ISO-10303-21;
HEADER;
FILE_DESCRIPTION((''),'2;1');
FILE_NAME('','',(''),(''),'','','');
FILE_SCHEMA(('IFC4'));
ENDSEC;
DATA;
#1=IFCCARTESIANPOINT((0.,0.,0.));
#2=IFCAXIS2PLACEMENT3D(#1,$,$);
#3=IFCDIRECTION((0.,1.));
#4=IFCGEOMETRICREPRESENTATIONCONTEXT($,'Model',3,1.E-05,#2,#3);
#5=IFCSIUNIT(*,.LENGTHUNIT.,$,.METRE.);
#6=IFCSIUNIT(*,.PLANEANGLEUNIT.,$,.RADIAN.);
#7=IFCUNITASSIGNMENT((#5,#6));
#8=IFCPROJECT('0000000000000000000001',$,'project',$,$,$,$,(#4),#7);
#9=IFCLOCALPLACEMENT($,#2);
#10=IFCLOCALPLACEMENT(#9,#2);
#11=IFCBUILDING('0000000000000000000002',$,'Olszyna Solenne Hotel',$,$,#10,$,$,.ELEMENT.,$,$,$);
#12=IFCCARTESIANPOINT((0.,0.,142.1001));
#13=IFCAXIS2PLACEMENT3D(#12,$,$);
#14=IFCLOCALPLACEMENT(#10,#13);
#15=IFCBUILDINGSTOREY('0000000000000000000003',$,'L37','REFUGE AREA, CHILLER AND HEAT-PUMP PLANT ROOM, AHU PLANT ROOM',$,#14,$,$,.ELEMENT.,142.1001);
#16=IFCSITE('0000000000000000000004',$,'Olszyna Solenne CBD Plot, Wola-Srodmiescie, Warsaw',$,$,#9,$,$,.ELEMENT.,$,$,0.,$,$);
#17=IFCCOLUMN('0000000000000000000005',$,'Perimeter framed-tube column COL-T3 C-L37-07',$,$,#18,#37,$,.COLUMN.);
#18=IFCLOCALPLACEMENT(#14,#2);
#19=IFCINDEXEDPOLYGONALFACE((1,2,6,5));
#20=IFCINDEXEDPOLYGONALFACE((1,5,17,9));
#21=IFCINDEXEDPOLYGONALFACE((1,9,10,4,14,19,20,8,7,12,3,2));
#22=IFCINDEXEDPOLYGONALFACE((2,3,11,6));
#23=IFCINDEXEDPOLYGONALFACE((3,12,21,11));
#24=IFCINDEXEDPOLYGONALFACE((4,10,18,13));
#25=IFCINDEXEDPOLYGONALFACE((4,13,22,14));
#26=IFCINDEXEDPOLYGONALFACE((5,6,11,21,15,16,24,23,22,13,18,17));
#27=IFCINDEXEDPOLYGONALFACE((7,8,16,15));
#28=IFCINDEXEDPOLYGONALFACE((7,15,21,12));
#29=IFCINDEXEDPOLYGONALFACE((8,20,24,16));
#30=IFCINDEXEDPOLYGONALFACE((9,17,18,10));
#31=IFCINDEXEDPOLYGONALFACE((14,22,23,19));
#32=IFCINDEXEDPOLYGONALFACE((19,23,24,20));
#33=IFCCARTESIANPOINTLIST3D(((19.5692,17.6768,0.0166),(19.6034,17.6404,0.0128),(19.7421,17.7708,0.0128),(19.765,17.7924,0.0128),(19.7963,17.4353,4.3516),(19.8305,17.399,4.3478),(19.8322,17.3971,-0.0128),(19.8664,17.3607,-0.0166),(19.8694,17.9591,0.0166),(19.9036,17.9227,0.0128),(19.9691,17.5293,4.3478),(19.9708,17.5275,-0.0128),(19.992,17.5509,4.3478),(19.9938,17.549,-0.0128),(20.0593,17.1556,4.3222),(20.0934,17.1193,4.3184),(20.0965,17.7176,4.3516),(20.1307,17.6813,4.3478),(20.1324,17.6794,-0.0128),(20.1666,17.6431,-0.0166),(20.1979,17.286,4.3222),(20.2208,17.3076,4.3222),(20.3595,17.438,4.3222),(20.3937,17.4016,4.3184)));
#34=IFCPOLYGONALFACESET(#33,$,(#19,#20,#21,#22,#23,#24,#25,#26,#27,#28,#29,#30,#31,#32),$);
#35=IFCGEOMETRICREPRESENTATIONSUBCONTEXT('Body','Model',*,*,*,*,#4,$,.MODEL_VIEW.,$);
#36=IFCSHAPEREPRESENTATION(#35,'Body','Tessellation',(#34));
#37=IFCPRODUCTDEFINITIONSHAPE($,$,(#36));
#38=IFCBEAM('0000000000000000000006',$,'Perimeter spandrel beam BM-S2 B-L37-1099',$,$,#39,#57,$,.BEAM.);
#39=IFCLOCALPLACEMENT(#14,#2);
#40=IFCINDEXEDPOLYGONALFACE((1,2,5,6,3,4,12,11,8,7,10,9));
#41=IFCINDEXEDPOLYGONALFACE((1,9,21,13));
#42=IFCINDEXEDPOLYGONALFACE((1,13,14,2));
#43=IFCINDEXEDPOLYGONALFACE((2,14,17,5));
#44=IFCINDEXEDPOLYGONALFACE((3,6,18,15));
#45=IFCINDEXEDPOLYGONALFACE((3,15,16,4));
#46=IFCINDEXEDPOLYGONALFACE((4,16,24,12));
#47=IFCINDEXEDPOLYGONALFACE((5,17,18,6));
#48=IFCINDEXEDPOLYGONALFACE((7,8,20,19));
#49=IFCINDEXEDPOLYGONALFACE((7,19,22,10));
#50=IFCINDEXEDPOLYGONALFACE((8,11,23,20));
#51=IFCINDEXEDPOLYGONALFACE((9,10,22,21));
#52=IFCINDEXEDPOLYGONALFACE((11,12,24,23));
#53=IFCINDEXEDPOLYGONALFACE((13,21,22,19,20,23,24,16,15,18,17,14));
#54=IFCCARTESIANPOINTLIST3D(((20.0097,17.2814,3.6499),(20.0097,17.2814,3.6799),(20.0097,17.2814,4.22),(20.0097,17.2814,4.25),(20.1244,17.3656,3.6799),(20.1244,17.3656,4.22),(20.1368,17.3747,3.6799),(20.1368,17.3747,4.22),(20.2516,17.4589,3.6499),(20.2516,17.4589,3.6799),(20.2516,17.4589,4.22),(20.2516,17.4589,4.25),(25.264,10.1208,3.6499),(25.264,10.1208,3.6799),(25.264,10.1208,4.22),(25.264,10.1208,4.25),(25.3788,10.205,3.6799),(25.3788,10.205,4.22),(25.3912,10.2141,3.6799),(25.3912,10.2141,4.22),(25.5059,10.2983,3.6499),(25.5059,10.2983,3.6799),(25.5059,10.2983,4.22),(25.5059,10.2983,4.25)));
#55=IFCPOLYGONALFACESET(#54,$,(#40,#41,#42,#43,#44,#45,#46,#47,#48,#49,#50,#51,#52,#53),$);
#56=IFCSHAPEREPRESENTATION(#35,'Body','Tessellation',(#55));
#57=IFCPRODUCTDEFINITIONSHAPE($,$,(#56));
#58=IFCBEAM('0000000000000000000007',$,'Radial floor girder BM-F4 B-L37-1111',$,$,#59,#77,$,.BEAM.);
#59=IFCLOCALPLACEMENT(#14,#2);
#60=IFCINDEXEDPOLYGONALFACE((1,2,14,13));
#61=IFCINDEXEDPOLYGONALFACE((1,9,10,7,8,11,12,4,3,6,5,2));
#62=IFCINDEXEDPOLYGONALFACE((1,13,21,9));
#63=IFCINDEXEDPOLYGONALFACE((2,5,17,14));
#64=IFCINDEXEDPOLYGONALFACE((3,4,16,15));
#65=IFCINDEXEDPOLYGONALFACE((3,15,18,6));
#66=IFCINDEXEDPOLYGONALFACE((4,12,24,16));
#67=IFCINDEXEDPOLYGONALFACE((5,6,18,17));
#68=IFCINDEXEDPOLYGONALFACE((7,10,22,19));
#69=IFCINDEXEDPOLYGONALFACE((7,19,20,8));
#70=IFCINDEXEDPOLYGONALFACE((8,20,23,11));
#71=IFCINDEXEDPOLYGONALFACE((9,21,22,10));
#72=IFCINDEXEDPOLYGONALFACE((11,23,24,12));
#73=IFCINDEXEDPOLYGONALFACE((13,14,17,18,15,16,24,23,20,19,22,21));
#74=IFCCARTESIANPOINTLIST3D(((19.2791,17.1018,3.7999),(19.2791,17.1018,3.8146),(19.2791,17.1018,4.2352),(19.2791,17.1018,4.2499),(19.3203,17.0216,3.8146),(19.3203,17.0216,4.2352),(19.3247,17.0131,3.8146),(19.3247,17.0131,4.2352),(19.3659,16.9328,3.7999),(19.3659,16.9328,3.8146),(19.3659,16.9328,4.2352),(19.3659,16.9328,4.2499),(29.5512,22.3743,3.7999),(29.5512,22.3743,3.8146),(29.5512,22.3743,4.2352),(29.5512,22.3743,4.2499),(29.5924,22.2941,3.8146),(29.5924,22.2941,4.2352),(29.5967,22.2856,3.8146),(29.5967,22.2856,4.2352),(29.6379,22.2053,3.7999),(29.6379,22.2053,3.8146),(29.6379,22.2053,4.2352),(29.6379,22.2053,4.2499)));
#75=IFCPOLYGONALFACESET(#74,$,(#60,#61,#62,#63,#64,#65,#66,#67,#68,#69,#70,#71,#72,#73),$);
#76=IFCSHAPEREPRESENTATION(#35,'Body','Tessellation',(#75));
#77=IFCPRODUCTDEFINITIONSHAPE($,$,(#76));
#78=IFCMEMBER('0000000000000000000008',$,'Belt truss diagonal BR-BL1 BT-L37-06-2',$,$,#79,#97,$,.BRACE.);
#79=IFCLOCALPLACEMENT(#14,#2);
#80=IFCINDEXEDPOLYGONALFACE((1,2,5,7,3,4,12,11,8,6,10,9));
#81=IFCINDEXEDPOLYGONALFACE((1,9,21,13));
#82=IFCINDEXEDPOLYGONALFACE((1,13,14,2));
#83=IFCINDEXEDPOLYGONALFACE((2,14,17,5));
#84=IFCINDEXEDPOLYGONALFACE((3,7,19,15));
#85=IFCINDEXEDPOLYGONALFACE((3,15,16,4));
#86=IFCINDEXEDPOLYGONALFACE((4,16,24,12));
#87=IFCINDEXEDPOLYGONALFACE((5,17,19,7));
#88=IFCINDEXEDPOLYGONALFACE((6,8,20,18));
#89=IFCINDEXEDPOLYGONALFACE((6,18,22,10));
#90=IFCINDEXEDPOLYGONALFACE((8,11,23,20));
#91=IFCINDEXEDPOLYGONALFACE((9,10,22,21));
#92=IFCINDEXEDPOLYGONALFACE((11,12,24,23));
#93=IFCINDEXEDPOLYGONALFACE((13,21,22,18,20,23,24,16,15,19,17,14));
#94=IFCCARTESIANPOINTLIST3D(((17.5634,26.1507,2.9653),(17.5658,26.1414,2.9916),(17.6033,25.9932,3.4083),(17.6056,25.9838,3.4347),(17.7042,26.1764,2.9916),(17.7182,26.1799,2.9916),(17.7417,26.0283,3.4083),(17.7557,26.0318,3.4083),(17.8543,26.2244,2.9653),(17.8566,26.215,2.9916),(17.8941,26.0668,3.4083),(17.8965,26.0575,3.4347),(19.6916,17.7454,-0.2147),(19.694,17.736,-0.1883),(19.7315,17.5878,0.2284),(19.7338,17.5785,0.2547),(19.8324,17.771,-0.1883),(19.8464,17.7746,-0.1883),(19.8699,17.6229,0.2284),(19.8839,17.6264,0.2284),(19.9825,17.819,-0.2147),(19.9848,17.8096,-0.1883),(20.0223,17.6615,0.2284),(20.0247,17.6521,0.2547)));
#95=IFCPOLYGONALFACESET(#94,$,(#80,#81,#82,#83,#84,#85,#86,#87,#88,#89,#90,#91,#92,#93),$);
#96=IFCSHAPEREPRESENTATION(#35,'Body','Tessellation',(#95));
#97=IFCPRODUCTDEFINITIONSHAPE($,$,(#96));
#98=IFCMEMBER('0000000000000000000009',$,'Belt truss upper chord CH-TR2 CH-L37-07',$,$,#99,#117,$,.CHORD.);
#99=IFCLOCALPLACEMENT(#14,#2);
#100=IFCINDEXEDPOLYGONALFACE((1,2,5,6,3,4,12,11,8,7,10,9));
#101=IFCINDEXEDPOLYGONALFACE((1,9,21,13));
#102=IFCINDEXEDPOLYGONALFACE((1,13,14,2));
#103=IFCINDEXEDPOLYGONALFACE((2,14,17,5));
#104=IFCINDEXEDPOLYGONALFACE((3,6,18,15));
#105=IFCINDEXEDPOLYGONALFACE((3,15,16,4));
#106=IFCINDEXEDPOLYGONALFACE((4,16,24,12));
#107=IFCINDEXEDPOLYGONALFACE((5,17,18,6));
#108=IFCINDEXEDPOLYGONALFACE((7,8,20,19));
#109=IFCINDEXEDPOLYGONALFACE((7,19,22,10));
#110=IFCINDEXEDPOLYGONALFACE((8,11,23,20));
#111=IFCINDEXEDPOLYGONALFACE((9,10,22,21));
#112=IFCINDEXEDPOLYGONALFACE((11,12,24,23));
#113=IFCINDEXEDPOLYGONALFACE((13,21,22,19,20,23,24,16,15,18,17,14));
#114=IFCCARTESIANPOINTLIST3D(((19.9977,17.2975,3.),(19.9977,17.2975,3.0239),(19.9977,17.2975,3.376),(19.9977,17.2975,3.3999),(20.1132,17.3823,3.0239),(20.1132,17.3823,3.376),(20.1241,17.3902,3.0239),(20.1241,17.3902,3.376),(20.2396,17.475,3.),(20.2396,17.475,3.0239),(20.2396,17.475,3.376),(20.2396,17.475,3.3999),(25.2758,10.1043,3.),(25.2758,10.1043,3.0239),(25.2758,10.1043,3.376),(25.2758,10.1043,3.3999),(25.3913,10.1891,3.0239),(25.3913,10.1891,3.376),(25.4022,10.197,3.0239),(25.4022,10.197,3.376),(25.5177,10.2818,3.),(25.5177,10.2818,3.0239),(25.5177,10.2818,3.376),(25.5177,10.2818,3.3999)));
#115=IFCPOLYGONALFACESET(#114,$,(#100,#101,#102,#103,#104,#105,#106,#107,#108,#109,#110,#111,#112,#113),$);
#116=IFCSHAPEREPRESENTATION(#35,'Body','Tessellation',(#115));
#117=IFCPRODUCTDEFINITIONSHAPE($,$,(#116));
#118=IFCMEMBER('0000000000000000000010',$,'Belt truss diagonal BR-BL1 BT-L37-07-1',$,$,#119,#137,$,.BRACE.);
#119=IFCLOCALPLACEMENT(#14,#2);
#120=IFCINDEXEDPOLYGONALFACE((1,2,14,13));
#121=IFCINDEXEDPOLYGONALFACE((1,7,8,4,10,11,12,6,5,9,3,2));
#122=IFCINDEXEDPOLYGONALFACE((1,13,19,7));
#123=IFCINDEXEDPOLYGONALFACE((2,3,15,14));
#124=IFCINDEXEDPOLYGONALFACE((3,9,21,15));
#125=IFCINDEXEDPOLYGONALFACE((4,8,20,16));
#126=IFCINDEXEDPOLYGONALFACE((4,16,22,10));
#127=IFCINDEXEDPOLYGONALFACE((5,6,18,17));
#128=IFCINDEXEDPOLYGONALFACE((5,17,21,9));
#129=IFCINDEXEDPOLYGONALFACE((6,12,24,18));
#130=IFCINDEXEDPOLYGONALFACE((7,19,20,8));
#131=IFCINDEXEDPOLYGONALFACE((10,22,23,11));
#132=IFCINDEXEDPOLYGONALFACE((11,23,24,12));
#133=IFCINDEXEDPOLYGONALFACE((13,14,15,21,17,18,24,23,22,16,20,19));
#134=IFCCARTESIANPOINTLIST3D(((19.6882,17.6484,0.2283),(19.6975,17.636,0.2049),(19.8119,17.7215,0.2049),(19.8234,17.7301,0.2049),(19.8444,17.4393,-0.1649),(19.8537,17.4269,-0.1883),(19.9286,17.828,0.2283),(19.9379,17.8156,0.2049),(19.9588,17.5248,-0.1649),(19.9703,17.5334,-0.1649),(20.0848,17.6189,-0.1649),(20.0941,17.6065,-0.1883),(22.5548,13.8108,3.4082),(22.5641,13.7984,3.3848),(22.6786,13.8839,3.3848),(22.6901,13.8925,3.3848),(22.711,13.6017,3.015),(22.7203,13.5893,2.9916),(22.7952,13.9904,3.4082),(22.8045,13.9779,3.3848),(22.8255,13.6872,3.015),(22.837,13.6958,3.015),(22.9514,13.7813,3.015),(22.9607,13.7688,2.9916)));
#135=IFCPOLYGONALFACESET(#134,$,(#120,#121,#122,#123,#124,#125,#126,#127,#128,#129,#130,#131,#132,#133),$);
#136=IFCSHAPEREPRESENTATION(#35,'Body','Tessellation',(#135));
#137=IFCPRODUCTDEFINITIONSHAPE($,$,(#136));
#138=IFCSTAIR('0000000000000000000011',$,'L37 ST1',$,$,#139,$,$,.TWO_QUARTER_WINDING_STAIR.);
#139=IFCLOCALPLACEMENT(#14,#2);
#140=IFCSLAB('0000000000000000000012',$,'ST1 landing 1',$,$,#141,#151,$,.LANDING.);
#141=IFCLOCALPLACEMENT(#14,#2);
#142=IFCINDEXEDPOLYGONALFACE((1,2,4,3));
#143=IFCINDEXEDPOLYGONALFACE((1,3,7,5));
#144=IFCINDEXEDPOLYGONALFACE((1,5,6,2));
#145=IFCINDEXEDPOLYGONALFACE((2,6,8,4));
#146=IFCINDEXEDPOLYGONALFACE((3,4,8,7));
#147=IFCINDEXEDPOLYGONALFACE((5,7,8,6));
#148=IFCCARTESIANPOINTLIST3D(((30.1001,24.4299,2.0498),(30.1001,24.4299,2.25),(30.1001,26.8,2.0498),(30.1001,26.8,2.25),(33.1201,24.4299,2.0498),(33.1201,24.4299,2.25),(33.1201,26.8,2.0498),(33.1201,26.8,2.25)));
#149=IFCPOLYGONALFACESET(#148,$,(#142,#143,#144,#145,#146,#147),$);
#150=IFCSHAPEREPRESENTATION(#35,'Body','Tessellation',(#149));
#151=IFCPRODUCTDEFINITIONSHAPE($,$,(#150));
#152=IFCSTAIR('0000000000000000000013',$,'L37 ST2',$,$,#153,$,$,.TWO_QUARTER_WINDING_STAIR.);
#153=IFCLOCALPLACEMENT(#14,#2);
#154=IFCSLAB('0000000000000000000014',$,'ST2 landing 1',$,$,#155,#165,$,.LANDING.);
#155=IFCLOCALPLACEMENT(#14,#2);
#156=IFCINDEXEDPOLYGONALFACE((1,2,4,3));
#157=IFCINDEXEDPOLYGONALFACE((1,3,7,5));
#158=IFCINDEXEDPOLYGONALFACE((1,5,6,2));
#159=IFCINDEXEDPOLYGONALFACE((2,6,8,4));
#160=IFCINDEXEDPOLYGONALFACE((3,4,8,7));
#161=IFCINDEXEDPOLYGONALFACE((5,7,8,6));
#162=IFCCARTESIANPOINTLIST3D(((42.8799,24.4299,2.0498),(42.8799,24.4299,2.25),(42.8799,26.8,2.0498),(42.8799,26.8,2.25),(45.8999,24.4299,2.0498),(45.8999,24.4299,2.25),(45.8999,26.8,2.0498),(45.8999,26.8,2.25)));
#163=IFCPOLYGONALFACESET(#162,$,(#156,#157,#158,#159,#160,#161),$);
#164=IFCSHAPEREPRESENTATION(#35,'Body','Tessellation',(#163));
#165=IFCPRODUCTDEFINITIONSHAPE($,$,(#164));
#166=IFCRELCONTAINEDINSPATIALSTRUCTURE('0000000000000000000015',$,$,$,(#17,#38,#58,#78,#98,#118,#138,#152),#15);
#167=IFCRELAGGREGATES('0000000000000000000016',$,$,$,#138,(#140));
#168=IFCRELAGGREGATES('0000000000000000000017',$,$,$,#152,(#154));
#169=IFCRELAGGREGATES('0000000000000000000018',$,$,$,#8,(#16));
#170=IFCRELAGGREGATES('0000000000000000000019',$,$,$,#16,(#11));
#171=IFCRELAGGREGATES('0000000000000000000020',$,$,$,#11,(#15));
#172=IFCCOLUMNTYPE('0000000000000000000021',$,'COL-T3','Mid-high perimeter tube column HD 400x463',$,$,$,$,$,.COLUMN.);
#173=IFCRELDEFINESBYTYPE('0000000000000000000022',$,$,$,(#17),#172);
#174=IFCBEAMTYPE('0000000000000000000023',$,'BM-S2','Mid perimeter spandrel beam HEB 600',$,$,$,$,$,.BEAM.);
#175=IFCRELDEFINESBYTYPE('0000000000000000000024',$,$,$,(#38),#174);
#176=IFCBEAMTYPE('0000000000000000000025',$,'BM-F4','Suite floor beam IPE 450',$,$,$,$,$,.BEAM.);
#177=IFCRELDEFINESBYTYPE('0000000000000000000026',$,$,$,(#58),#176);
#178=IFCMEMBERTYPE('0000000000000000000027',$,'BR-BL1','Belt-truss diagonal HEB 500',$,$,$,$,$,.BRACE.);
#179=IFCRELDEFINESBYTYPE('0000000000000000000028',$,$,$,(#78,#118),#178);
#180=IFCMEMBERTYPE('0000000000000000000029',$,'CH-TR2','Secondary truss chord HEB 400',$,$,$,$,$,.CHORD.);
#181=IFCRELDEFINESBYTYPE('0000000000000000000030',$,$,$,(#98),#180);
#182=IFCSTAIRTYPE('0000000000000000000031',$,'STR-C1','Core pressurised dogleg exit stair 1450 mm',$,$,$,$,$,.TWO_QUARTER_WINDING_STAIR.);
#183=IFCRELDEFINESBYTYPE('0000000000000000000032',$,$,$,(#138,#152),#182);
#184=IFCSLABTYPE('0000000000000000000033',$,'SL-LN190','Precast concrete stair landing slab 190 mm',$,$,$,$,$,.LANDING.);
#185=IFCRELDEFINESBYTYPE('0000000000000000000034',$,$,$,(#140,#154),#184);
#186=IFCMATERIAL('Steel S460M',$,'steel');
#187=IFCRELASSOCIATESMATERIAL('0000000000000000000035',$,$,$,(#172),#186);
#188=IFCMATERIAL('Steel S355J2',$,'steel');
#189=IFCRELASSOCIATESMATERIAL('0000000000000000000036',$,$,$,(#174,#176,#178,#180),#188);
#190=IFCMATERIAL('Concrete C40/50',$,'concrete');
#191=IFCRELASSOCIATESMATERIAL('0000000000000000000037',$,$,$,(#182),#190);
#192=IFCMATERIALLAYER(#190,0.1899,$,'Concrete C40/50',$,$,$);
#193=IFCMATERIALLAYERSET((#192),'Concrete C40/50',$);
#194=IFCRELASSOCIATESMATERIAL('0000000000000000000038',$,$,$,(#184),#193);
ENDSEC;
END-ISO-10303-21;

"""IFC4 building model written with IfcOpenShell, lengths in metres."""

from ifc_helpers import new_model, si_unit, direction, frame, origin, origin_2d, place, context, subcontext, project, spatial, polyline, i_section, outline, extrude, source, transform, mapped, material, layer, layer_set, material_profile, profile_set, type_object, element, aggregate, save


model = new_model("IFC4")

# Units and contexts
model_context = context("Model", 3, precision=1e-05, world=origin(), true_north=direction((0.0, 1.0)))
body_context = subcontext(model_context, "Body", "Model", "MODEL_VIEW")
ifc_project = project(units=[si_unit("LENGTHUNIT", "METRE"), si_unit("PLANEANGLEUNIT", "RADIAN")], contexts=[model_context])

# Site, building, storey
site_placement = place(None, origin())
site = spatial("IfcSite", under=ifc_project, at=site_placement, Name="Olszyna Solenne CBD Plot, Wola-Srodmiescie, Warsaw", CompositionType="ELEMENT", RefElevation=0.0)
building_placement = place(site_placement, origin())
building = spatial("IfcBuilding", under=site, at=building_placement, Name="Olszyna Solenne Hotel", CompositionType="ELEMENT")
storey_placement = place(building_placement, frame((0.0, 0.0, 142.1001)))
storey = spatial("IfcBuildingStorey", under=building, at=storey_placement, Name="L37", Description="REFUGE AREA, CHILLER AND HEAT-PUMP PLANT ROOM, AHU PLANT ROOM", CompositionType="ELEMENT", Elevation=142.1001)

# Column
ifc_material_1 = material(Name="Steel S460M", Category="steel")
ifc_material_profile_1 = material_profile(ifc_material_1, i_section(OverallWidth=0.4121, OverallDepth=0.4351, WebThickness=0.0315, FlangeThickness=0.05, at=origin_2d()), Name="HD 400x463", Category="load-bearing")
ifc_profile_set_1 = profile_set([ifc_material_profile_1], Name="Steel S460M")
column_type = type_object("IfcColumnType", Name="COL-T3", Description="Mid-high perimeter tube column HD 400x463", PredefinedType="COLUMN", material=ifc_profile_set_1)
shared_shape_1 = source(origin(), body_context, "Body", "SweptSolid", [
    extrude(i_section(OverallWidth=0.4121, OverallDepth=0.4351, WebThickness=0.0315, FlangeThickness=0.05, at=origin_2d()), origin(), (0.0, 0.0, 1.0), 4.3477),
])
column_placement = place(storey_placement, frame((19.8679, 17.6599, 0.0), z_axis=(0.052224, -0.055537, 0.99709), x_axis=(0.728503, 0.685043, 0.0)))
element("IfcColumn", 1, at=column_placement, inside=storey, type_object=column_type, Name="Perimeter framed-tube column COL-T3 C-L37-07", PredefinedType="COLUMN", context=body_context, shape_type="MappedRepresentation", body=[
    mapped(shared_shape_1, transform((0.0, 0.0, 0.0), x_axis=(1.0, 0.0, 0.0), y_axis=(0.0, 1.0, 0.0), z_axis=(0.0, 0.0, 1.0), scale=1.0)),
])

# Beams
ifc_material_2 = material(Name="Steel S355J2", Category="steel")
ifc_material_profile_2 = material_profile(ifc_material_2, i_section(OverallWidth=0.3, OverallDepth=0.6001, WebThickness=0.0154, FlangeThickness=0.03, at=origin_2d()), Name="HEB 600", Category="load-bearing")
ifc_profile_set_2 = profile_set([ifc_material_profile_2], Name="Steel S355J2")
beam_type_1 = type_object("IfcBeamType", Name="BM-S2", Description="Mid perimeter spandrel beam HEB 600", PredefinedType="BEAM", material=ifc_profile_set_2)
shared_shape_2 = source(origin(), body_context, "Body", "SweptSolid", [
    extrude(i_section(OverallWidth=0.3, OverallDepth=0.6001, WebThickness=0.0154, FlangeThickness=0.03, at=origin_2d()), origin(), (0.0, 0.0, 1.0), 8.8816),
])
beam_1_placement = place(storey_placement, frame((20.1306, 17.3701, 3.95), z_axis=(0.591602, -0.80623, 0.0), x_axis=(0.80623, 0.591602, 0.0)))
element("IfcBeam", 2, at=beam_1_placement, inside=storey, type_object=beam_type_1, Name="Perimeter spandrel beam BM-S2 B-L37-1099", PredefinedType="BEAM", context=body_context, shape_type="MappedRepresentation", body=[
    mapped(shared_shape_2, transform((0.0, 0.0, 0.0), x_axis=(1.0, 0.0, 0.0), y_axis=(0.0, 1.0, 0.0), z_axis=(0.0, 0.0, 1.0), scale=1.0)),
])
ifc_material_profile_3 = material_profile(ifc_material_2, i_section(OverallWidth=0.1899, OverallDepth=0.45, WebThickness=0.0095, FlangeThickness=0.0146, at=origin_2d()), Name="IPE 450", Category="load-bearing")
ifc_profile_set_3 = profile_set([ifc_material_profile_3], Name="Steel S355J2")
beam_type_2 = type_object("IfcBeamType", Name="BM-F4", Description="Suite floor beam IPE 450", PredefinedType="BEAM", material=ifc_profile_set_3)
shared_shape_3 = source(origin(), body_context, "Body", "SweptSolid", [
    extrude(i_section(OverallWidth=0.1899, OverallDepth=0.45, WebThickness=0.0095, FlangeThickness=0.0146, at=origin_2d()), origin(), (0.0, 0.0, 1.0), 11.5461),
])
beam_2_placement = place(storey_placement, frame((19.3225, 17.0173, 4.0249), z_axis=(0.889649, 0.456645, 0.0), x_axis=(-0.456645, 0.889649, 0.0)))
element("IfcBeam", 3, at=beam_2_placement, inside=storey, type_object=beam_type_2, Name="Radial floor girder BM-F4 B-L37-1111", PredefinedType="BEAM", context=body_context, shape_type="MappedRepresentation", body=[
    mapped(shared_shape_3, transform((0.0, 0.0, 0.0), x_axis=(1.0, 0.0, 0.0), y_axis=(0.0, 1.0, 0.0), z_axis=(0.0, 0.0, 1.0), scale=1.0)),
])

# Members
ifc_material_profile_4 = material_profile(ifc_material_2, i_section(OverallWidth=0.3, OverallDepth=0.5, WebThickness=0.0144, FlangeThickness=0.0281, at=origin_2d()), Name="HEB 500", Category="load-bearing")
ifc_profile_set_4 = profile_set([ifc_material_profile_4], Name="Steel S355J2")
member_type_1 = type_object("IfcMemberType", Name="BR-BL1", Description="Belt-truss diagonal HEB 500", PredefinedType="BRACE", material=ifc_profile_set_4)
shared_shape_4 = source(origin(), body_context, "Body", "SweptSolid", [
    extrude(i_section(OverallWidth=0.3, OverallDepth=0.5, WebThickness=0.0144, FlangeThickness=0.0281, at=origin_2d()), origin(), (0.0, 0.0, 1.0), 9.2354),
])
member_1_placement = place(storey_placement, frame((19.8582, 17.6987, 0.02), z_axis=(-0.23044, 0.91013, 0.344326), x_axis=(-0.969409, -0.24545, 0.0)))
element("IfcMember", 4, at=member_1_placement, inside=storey, type_object=member_type_1, Name="Belt truss diagonal BR-BL1 BT-L37-06-2", PredefinedType="BRACE", context=body_context, shape_type="MappedRepresentation", body=[
    mapped(shared_shape_4, transform((0.0, 0.0, 0.0), x_axis=(1.0, 0.0, 0.0), y_axis=(0.0, 1.0, 0.0), z_axis=(0.0, 0.0, 1.0), scale=1.0)),
])
ifc_material_profile_5 = material_profile(ifc_material_2, i_section(OverallWidth=0.3, OverallDepth=0.3999, WebThickness=0.0134, FlangeThickness=0.0239, at=origin_2d()), Name="HEB 400", Category="load-bearing")
ifc_profile_set_5 = profile_set([ifc_material_profile_5], Name="Steel S355J2")
member_type_2 = type_object("IfcMemberType", Name="CH-TR2", Description="Secondary truss chord HEB 400", PredefinedType="CHORD", material=ifc_profile_set_5)
shared_shape_5 = source(origin(), body_context, "Body", "SweptSolid", [
    extrude(i_section(OverallWidth=0.3, OverallDepth=0.3999, WebThickness=0.0134, FlangeThickness=0.0239, at=origin_2d()), origin(), (0.0, 0.0, 1.0), 8.9219),
])
member_2_placement = place(storey_placement, frame((20.1187, 17.3862, 3.2), z_axis=(0.591591, -0.806238, 0.0), x_axis=(0.806238, 0.591591, 0.0)))
element("IfcMember", 5, at=member_2_placement, inside=storey, type_object=member_type_2, Name="Belt truss upper chord CH-TR2 CH-L37-07", PredefinedType="CHORD", context=body_context, shape_type="MappedRepresentation", body=[
    mapped(shared_shape_5, transform((0.0, 0.0, 0.0), x_axis=(1.0, 0.0, 0.0), y_axis=(0.0, 1.0, 0.0), z_axis=(0.0, 0.0, 1.0), scale=1.0)),
])
shared_shape_6 = source(origin(), body_context, "Body", "SweptSolid", [
    extrude(i_section(OverallWidth=0.3, OverallDepth=0.5, WebThickness=0.0144, FlangeThickness=0.0281, at=origin_2d()), origin(), (0.0, 0.0, 1.0), 5.7495),
])
member_3_placement = place(storey_placement, frame((19.8911, 17.6274, 0.02), z_axis=(0.498594, -0.667468, 0.553074), x_axis=(0.801154, 0.598458, 0.0)))
element("IfcMember", 6, at=member_3_placement, inside=storey, type_object=member_type_1, Name="Belt truss diagonal BR-BL1 BT-L37-07-1", PredefinedType="BRACE", context=body_context, shape_type="MappedRepresentation", body=[
    mapped(shared_shape_6, transform((0.0, 0.0, 0.0), x_axis=(1.0, 0.0, 0.0), y_axis=(0.0, 1.0, 0.0), z_axis=(0.0, 0.0, 1.0), scale=1.0)),
])

# Stairs, slabs
ifc_material_3 = material(Name="Concrete C40/50", Category="concrete")
stair_type = type_object("IfcStairType", Name="STR-C1", Description="Core pressurised dogleg exit stair 1450 mm", PredefinedType="TWO_QUARTER_WINDING_STAIR", material=ifc_material_3)
stair_1_placement = place(storey_placement, origin())
stair_1 = element("IfcStair", 7, at=stair_1_placement, inside=storey, type_object=stair_type, Name="L37 ST1", PredefinedType="TWO_QUARTER_WINDING_STAIR")
ifc_layer_1 = layer(ifc_material_3, 0.1899, Name="Concrete C40/50")
ifc_layer_set_1 = layer_set([ifc_layer_1], Name="Concrete C40/50")
slab_type_1 = type_object("IfcSlabType", Name="SL-LN190", Description="Precast concrete stair landing slab 190 mm", PredefinedType="LANDING", material=ifc_layer_set_1)
slab_1_placement = place(storey_placement, frame((0.0, 0.0, 2.0498)))
slab_1 = element("IfcSlab", 8, at=slab_1_placement, type_object=slab_type_1, Name="ST1 landing 1", PredefinedType="LANDING", context=body_context, shape_type="SweptSolid", body=[
    extrude(outline(polyline([(33.1201, 24.4299), (33.1201, 26.8), (30.1001, 26.8), (30.1001, 24.4299), (33.1201, 24.4299)])), origin(), (0.0, 0.0, 1.0), 0.2002),
])
aggregate(stair_1, [slab_1])
stair_2_placement = place(storey_placement, origin())
stair_2 = element("IfcStair", 9, at=stair_2_placement, inside=storey, type_object=stair_type, Name="L37 ST2", PredefinedType="TWO_QUARTER_WINDING_STAIR")
slab_2_placement = place(storey_placement, frame((0.0, 0.0, 2.0498)))
slab_2 = element("IfcSlab", 10, at=slab_2_placement, type_object=slab_type_1, Name="ST2 landing 1", PredefinedType="LANDING", context=body_context, shape_type="SweptSolid", body=[
    extrude(outline(polyline([(45.8999, 24.4299), (45.8999, 26.8), (42.8799, 26.8), (42.8799, 24.4299), (45.8999, 24.4299)])), origin(), (0.0, 0.0, 1.0), 0.2002),
])
aggregate(stair_2, [slab_2])

save(model, "model.ifc")
